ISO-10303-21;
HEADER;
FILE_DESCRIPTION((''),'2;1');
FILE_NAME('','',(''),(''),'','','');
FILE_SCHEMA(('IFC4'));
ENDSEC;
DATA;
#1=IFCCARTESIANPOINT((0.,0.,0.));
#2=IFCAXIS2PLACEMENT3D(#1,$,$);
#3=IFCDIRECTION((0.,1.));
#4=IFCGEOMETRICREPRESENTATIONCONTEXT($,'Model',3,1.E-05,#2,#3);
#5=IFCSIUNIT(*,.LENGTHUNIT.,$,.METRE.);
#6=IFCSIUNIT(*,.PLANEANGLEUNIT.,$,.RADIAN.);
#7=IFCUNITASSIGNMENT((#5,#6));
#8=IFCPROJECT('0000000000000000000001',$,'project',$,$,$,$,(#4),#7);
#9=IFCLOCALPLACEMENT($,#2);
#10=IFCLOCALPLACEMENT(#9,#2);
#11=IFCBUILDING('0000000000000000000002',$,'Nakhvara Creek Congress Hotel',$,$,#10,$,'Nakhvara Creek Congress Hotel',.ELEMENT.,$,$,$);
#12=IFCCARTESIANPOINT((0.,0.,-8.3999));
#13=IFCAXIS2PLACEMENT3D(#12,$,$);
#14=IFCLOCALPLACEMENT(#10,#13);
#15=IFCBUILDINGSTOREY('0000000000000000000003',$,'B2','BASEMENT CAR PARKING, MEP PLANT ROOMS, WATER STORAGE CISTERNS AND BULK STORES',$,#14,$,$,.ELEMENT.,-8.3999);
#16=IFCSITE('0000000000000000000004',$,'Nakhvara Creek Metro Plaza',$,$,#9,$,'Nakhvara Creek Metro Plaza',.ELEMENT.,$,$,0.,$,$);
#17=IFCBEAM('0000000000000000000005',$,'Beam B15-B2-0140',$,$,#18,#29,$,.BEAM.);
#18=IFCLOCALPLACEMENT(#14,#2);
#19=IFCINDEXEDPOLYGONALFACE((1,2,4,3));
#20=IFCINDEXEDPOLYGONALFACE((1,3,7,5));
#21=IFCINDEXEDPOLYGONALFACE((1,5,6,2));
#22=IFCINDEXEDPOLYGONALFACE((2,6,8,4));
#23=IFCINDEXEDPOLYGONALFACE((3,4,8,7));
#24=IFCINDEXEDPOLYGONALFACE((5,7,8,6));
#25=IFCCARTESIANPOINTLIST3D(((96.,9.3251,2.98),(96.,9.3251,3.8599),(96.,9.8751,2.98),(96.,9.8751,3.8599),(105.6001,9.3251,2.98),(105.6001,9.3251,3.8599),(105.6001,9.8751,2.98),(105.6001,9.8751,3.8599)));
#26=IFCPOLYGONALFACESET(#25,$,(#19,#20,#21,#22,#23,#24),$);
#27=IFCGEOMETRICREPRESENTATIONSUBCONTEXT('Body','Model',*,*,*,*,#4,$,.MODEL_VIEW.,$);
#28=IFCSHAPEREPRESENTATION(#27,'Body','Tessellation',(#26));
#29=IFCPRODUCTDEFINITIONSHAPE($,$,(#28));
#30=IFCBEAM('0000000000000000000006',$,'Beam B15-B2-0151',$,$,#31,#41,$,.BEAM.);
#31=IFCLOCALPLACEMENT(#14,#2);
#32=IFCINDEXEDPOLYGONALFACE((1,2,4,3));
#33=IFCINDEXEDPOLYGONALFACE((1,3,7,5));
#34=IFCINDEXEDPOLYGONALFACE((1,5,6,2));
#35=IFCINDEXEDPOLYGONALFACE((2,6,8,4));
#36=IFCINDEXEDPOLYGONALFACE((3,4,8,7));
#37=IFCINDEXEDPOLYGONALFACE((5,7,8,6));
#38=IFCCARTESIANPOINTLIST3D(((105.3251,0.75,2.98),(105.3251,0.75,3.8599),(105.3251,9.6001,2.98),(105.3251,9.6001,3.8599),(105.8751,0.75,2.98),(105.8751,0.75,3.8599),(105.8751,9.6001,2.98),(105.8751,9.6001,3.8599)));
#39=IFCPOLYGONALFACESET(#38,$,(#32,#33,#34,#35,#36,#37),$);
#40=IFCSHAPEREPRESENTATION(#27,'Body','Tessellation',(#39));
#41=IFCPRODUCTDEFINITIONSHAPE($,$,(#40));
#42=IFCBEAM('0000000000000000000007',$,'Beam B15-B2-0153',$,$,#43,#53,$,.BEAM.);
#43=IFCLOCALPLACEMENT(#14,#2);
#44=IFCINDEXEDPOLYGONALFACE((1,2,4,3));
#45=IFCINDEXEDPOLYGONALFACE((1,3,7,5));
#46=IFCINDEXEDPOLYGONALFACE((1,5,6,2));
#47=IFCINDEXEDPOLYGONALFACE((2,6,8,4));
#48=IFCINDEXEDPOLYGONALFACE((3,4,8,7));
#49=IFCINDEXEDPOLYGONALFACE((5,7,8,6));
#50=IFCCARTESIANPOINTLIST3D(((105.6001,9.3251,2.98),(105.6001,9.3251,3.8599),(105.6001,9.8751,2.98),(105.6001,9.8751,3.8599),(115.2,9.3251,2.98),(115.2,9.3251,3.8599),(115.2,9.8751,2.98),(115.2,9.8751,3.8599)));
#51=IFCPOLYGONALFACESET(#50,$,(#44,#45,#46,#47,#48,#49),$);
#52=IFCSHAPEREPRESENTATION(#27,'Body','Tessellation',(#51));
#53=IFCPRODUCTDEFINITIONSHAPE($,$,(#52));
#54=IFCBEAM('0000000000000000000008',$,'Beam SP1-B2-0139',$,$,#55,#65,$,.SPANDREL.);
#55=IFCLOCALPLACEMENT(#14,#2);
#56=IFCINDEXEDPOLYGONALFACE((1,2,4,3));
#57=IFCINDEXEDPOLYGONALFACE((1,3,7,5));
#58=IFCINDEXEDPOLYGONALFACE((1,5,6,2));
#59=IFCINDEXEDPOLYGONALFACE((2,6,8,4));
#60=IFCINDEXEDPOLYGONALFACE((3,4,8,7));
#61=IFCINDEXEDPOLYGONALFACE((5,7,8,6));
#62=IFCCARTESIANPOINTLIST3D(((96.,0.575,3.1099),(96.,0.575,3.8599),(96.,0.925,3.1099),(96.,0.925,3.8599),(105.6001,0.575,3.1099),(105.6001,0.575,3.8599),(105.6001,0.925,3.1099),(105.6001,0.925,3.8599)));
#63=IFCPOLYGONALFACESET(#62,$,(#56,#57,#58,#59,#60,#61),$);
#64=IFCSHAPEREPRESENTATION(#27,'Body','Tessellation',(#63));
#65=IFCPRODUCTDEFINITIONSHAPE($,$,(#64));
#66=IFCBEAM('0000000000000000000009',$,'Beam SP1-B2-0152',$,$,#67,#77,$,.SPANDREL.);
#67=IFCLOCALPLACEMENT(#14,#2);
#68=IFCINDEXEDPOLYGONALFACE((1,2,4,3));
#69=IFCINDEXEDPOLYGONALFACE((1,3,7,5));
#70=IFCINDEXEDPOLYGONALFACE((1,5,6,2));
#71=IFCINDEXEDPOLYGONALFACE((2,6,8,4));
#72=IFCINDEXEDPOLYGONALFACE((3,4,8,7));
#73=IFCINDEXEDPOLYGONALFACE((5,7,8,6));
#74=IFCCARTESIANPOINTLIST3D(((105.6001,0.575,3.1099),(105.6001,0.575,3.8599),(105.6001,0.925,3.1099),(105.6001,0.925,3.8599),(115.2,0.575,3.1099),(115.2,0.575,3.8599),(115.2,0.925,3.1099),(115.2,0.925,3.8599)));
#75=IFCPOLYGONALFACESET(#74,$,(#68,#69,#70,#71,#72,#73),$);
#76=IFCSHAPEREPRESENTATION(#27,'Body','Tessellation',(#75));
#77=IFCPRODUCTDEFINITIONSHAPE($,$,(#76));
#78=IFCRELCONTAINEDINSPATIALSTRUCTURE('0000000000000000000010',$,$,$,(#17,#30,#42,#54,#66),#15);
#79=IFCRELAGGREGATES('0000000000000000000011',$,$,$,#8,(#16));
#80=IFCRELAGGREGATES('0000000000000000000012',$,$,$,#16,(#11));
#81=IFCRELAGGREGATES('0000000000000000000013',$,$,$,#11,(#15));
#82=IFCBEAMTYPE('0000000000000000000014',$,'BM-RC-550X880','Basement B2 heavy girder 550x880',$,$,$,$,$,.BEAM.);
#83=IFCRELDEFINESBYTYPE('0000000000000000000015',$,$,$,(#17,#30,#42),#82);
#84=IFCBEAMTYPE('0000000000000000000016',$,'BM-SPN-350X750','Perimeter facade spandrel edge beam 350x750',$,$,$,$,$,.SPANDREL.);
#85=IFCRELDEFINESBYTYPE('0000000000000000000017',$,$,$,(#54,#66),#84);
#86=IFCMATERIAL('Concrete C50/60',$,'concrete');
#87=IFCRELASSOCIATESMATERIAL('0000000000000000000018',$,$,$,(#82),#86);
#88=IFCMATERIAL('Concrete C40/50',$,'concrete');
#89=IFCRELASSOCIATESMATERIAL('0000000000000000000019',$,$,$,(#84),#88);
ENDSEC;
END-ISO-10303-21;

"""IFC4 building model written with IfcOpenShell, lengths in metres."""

from ifc_helpers import new_model, si_unit, direction, frame, origin, origin_2d, place, context, subcontext, project, spatial, rectangle, extrude, material, material_profile, profile_set, type_object, element, save


model = new_model("IFC4")

# Units and contexts
model_context = context("Model", 3, precision=1e-05, world=origin(), true_north=direction((0.0, 1.0)))
body_context = subcontext(model_context, "Body", "Model", "MODEL_VIEW")
ifc_project = project(units=[si_unit("LENGTHUNIT", "METRE"), si_unit("PLANEANGLEUNIT", "RADIAN")], contexts=[model_context])

# Site, building, storey
site_placement = place(None, origin())
site = spatial("IfcSite", under=ifc_project, at=site_placement, Name="Nakhvara Creek Metro Plaza", LongName="Nakhvara Creek Metro Plaza", CompositionType="ELEMENT", RefElevation=0.0)
building_placement = place(site_placement, origin())
building = spatial("IfcBuilding", under=site, at=building_placement, Name="Nakhvara Creek Congress Hotel", LongName="Nakhvara Creek Congress Hotel", CompositionType="ELEMENT")
storey_placement = place(building_placement, frame((0.0, 0.0, -8.3999)))
storey = spatial("IfcBuildingStorey", under=building, at=storey_placement, Name="B2", Description="BASEMENT CAR PARKING, MEP PLANT ROOMS, WATER STORAGE CISTERNS AND BULK STORES", CompositionType="ELEMENT", Elevation=-8.3999)

# Shared definitions
ifc_material_1 = material(Name="Concrete C40/50", Category="concrete")

# Shared definitions
ifc_material_2 = material(Name="Concrete C50/60", Category="concrete")

# Beams
ifc_material_profile_1 = material_profile(ifc_material_2, rectangle(XDim=0.55, YDim=0.8799, at=origin_2d()), Name="RC-BM 550x880", Category="LoadBearing")
ifc_profile_set_1 = profile_set([ifc_material_profile_1], Name="Concrete C50/60")
beam_type_1 = type_object("IfcBeamType", Name="BM-RC-550X880", Description="Basement B2 heavy girder 550x880", PredefinedType="BEAM", material=ifc_profile_set_1)
beam_1_placement = place(storey_placement, frame((96.0, 9.6001, 3.4199), z_axis=(1.0, 0.0, 0.0), x_axis=(0.0, 1.0, 0.0)))
element("IfcBeam", 1, at=beam_1_placement, inside=storey, type_object=beam_type_1, Name="Beam B15-B2-0140", PredefinedType="BEAM", context=body_context, shape_type="SweptSolid", body=[
    extrude(rectangle(XDim=0.55, YDim=0.8799, at=origin_2d()), origin(), (0.0, 0.0, 1.0), 9.6001),
])
beam_2_placement = place(storey_placement, frame((105.6001, 0.75, 3.4199), z_axis=(0.0, 1.0, 0.0), x_axis=(-1.0, 0.0, 0.0)))
element("IfcBeam", 2, at=beam_2_placement, inside=storey, type_object=beam_type_1, Name="Beam B15-B2-0151", PredefinedType="BEAM", context=body_context, shape_type="SweptSolid", body=[
    extrude(rectangle(XDim=0.55, YDim=0.8799, at=origin_2d()), origin(), (0.0, 0.0, 1.0), 8.8501),
])
beam_3_placement = place(storey_placement, frame((105.6001, 9.6001, 3.4199), z_axis=(1.0, 0.0, 0.0), x_axis=(0.0, 1.0, 0.0)))
element("IfcBeam", 3, at=beam_3_placement, inside=storey, type_object=beam_type_1, Name="Beam B15-B2-0153", PredefinedType="BEAM", context=body_context, shape_type="SweptSolid", body=[
    extrude(rectangle(XDim=0.55, YDim=0.8799, at=origin_2d()), origin(), (0.0, 0.0, 1.0), 9.5999),
])
ifc_material_profile_2 = material_profile(ifc_material_1, rectangle(XDim=0.3501, YDim=0.75, at=origin_2d()), Name="RC-SPANDREL 350x750", Category="LoadBearing")
ifc_profile_set_2 = profile_set([ifc_material_profile_2], Name="Concrete C40/50")
beam_type_2 = type_object("IfcBeamType", Name="BM-SPN-350X750", Description="Perimeter facade spandrel edge beam 350x750", PredefinedType="SPANDREL", material=ifc_profile_set_2)
beam_4_placement = place(storey_placement, frame((96.0, 0.75, 3.4849), z_axis=(1.0, 0.0, 0.0), x_axis=(0.0, 1.0, 0.0)))
element("IfcBeam", 4, at=beam_4_placement, inside=storey, type_object=beam_type_2, Name="Beam SP1-B2-0139", PredefinedType="SPANDREL", context=body_context, shape_type="SweptSolid", body=[
    extrude(rectangle(XDim=0.3501, YDim=0.75, at=origin_2d()), origin(), (0.0, 0.0, 1.0), 9.6001),
])
beam_5_placement = place(storey_placement, frame((105.6001, 0.75, 3.4849), z_axis=(1.0, 0.0, 0.0), x_axis=(0.0, 1.0, 0.0)))
element("IfcBeam", 5, at=beam_5_placement, inside=storey, type_object=beam_type_2, Name="Beam SP1-B2-0152", PredefinedType="SPANDREL", context=body_context, shape_type="SweptSolid", body=[
    extrude(rectangle(XDim=0.3501, YDim=0.75, at=origin_2d()), origin(), (0.0, 0.0, 1.0), 9.5999),
])

save(model, "model.ifc")
